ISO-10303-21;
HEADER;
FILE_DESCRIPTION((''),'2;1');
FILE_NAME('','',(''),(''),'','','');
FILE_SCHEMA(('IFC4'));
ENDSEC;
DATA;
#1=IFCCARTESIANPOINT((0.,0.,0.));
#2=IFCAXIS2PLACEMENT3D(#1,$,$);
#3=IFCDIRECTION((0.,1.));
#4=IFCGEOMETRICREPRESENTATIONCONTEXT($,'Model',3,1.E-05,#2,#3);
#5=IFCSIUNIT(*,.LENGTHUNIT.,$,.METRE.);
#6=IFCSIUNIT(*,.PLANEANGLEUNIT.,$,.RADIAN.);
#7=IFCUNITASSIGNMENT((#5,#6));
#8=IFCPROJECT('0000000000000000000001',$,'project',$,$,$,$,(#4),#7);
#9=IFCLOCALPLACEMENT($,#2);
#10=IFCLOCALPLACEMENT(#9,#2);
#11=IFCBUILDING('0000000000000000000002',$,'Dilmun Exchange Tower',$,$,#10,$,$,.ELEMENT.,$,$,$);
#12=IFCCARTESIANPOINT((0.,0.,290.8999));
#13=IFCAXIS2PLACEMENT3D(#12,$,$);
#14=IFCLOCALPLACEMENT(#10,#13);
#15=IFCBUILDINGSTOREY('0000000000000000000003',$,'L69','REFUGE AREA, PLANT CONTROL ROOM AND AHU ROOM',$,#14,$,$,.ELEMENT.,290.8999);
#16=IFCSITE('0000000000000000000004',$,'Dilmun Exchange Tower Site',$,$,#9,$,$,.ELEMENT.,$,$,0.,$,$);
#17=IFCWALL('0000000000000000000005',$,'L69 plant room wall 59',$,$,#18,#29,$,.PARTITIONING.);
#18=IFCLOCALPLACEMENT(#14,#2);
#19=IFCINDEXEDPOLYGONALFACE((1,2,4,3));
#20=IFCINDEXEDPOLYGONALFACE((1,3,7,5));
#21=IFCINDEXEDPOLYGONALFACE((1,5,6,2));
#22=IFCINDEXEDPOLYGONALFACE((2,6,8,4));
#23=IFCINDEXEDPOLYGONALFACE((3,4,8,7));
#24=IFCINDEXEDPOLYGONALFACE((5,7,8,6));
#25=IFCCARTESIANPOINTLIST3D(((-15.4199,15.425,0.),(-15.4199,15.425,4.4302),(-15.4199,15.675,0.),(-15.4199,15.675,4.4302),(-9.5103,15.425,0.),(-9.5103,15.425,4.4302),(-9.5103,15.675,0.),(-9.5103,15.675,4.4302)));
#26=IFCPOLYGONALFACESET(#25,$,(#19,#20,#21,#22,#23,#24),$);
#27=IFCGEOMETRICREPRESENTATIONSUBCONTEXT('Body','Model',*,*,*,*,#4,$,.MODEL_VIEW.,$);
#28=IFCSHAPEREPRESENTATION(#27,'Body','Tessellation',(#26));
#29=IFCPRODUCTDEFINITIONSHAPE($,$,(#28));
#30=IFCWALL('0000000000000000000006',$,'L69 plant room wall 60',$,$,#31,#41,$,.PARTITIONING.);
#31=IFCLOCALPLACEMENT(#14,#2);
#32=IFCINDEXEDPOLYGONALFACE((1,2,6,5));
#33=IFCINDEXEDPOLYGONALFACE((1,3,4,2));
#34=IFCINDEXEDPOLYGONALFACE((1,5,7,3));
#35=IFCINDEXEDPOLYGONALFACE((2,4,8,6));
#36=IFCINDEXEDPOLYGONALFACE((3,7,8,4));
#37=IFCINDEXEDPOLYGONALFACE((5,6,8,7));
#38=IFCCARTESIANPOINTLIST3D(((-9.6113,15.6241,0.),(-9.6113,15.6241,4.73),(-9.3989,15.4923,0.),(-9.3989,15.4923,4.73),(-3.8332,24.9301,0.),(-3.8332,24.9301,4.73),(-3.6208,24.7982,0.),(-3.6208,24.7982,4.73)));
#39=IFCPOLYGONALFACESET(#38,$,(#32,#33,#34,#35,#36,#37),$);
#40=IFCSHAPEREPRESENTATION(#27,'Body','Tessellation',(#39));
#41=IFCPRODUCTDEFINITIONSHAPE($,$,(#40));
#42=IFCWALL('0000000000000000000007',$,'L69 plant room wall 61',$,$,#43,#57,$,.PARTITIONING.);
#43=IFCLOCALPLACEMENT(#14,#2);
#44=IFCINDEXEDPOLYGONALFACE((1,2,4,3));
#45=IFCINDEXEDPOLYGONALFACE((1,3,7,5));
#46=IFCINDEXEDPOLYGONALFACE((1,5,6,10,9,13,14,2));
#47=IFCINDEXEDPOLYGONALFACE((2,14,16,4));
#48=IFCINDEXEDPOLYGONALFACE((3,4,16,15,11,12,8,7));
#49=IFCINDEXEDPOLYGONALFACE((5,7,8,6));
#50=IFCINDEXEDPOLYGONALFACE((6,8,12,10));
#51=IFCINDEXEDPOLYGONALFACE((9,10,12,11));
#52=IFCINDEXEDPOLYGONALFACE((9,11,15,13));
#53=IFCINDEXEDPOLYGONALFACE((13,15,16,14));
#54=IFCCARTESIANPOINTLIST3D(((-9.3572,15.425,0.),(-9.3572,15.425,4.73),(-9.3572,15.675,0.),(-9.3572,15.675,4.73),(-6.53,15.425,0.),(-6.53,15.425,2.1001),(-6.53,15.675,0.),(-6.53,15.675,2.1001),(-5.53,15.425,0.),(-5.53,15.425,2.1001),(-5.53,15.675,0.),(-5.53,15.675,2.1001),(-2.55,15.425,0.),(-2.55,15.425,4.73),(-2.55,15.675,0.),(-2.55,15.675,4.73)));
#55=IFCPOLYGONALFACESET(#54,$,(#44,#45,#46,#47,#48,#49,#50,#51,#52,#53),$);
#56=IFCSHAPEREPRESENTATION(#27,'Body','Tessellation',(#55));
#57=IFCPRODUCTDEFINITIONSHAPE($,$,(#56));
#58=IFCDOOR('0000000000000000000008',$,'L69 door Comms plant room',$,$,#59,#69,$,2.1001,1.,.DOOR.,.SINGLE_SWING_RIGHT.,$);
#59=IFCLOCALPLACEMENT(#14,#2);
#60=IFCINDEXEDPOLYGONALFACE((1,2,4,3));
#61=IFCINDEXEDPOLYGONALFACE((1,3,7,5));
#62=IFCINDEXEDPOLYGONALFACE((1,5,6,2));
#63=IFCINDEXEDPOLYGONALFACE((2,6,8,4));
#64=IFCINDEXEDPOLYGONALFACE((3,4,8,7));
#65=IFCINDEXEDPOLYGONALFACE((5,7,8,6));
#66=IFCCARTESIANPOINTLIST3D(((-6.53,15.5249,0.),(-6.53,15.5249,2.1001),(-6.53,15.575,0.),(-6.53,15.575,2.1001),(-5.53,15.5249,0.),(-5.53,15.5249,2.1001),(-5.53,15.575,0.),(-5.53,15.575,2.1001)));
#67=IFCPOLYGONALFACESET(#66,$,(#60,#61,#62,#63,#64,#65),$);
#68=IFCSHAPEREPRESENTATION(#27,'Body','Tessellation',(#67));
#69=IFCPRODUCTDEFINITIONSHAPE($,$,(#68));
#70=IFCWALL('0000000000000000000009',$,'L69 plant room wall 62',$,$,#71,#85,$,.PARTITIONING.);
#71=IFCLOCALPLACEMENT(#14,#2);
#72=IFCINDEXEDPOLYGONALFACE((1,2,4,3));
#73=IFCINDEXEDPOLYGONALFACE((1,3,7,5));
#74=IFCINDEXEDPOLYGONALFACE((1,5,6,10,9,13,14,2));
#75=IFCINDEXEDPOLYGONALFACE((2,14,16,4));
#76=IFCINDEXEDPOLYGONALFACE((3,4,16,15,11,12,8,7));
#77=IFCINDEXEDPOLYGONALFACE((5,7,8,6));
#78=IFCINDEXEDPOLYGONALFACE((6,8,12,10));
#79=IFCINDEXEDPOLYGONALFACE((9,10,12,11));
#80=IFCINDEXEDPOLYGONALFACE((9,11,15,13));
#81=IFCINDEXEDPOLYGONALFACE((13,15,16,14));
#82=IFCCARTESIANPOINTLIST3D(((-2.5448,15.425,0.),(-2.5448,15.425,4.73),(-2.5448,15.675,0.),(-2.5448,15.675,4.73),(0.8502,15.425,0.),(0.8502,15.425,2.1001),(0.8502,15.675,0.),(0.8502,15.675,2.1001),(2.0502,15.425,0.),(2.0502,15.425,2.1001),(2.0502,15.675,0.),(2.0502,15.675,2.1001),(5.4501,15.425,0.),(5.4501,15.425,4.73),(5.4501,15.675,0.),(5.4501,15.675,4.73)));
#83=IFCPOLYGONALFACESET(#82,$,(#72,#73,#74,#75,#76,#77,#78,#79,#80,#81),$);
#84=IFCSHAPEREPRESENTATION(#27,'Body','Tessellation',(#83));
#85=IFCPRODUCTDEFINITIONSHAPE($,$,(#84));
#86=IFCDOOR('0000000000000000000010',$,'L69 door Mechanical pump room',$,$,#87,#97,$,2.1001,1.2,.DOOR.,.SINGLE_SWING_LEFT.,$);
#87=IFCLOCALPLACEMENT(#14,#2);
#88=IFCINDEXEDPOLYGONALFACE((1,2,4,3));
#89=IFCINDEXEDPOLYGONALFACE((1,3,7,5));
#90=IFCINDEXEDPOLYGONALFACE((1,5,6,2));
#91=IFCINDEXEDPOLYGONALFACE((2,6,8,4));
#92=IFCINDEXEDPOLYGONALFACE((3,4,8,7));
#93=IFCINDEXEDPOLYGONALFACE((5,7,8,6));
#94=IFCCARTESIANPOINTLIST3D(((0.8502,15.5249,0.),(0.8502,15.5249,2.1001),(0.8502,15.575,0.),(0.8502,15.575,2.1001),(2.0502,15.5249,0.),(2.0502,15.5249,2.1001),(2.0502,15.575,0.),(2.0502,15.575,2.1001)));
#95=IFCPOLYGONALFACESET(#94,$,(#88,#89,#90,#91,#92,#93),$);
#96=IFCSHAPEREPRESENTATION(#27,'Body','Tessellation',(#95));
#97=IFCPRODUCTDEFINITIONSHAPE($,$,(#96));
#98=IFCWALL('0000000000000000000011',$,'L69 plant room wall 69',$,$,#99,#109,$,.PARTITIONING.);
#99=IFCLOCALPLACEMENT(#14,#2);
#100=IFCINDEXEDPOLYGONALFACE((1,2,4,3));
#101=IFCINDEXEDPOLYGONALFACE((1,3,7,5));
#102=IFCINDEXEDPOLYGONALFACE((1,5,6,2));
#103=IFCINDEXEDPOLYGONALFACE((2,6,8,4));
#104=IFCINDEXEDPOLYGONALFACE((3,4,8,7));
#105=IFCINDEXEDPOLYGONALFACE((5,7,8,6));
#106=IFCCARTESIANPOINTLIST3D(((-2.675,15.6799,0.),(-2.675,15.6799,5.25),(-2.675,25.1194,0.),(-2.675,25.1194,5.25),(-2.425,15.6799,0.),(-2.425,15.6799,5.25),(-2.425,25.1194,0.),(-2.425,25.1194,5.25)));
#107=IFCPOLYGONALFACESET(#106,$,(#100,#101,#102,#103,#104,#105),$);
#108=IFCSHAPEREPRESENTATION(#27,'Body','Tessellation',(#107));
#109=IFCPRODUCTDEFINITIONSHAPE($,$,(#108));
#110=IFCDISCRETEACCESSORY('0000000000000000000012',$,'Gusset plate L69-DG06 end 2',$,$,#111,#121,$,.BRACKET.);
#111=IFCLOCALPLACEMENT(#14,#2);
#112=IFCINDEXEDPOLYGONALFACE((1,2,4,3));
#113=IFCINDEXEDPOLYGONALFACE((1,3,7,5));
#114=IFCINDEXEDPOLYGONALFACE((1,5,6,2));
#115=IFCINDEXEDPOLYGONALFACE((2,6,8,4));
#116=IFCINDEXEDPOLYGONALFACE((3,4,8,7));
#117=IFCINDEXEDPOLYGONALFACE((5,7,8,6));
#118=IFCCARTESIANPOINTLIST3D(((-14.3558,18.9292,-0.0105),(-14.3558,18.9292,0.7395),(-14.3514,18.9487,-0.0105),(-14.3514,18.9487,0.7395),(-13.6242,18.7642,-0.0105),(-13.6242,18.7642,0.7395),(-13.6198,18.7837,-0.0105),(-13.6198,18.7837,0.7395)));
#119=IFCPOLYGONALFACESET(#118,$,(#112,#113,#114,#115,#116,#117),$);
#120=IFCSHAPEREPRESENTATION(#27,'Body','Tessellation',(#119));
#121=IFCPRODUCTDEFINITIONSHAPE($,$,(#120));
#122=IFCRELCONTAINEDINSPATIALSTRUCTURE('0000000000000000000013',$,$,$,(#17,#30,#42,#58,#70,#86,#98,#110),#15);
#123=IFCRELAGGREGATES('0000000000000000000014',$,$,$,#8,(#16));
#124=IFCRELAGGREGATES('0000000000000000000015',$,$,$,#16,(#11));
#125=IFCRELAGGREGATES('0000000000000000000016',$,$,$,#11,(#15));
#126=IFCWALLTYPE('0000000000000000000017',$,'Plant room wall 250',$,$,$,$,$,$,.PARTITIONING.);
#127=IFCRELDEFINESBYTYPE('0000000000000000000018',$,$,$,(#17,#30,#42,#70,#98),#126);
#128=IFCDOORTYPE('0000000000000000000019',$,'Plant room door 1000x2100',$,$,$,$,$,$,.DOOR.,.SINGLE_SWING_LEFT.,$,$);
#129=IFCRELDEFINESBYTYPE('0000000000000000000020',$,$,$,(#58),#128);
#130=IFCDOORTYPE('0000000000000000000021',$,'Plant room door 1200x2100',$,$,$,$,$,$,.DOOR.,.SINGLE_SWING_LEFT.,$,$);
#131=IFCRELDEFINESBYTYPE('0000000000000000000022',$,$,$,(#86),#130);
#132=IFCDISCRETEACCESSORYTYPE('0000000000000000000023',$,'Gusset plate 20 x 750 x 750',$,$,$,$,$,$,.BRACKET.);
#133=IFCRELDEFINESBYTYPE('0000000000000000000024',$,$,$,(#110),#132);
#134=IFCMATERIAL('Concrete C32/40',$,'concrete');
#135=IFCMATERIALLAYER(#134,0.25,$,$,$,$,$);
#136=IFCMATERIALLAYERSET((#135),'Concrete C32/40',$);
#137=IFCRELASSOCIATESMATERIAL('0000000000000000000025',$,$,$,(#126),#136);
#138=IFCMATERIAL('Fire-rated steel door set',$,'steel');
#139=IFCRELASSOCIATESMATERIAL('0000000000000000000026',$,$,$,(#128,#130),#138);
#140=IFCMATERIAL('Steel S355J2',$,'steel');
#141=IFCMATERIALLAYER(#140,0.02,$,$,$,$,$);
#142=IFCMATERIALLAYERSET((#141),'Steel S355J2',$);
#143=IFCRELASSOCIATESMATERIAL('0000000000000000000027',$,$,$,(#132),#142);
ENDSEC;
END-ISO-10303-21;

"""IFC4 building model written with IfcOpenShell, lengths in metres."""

from ifc_helpers import new_model, si_unit, direction, frame, frame_2d, origin, origin_2d, place, context, subcontext, project, spatial, rectangle, extrude, material, layer, layer_set, type_object, element, fill, save


model = new_model("IFC4")

# Units and contexts
model_context = context("Model", 3, precision=1e-05, world=origin(), true_north=direction((0.0, 1.0)))
body_context = subcontext(model_context, "Body", "Model", "MODEL_VIEW")
ifc_project = project(units=[si_unit("LENGTHUNIT", "METRE"), si_unit("PLANEANGLEUNIT", "RADIAN")], contexts=[model_context])

# Site, building, storey
site_placement = place(None, origin())
site = spatial("IfcSite", under=ifc_project, at=site_placement, Name="Dilmun Exchange Tower Site", CompositionType="ELEMENT", RefElevation=0.0)
building_placement = place(site_placement, origin())
building = spatial("IfcBuilding", under=site, at=building_placement, Name="Dilmun Exchange Tower", CompositionType="ELEMENT")
storey_placement = place(building_placement, frame((0.0, 0.0, 290.8999)))
storey = spatial("IfcBuildingStorey", under=building, at=storey_placement, Name="L69", Description="REFUGE AREA, PLANT CONTROL ROOM AND AHU ROOM", CompositionType="ELEMENT", Elevation=290.8999)

# Shared definitions
ifc_material_1 = material(Name="Fire-rated steel door set", Category="steel")

# Walls
ifc_material_2 = material(Name="Concrete C32/40", Category="concrete")
ifc_layer_1 = layer(ifc_material_2, 0.25)
ifc_layer_set_1 = layer_set([ifc_layer_1], Name="Concrete C32/40")
wall_type_1 = type_object("IfcWallType", Name="Plant room wall 250", PredefinedType="PARTITIONING", material=ifc_layer_set_1)
wall_1_placement = place(storey_placement, frame((-15.4199, 15.55, 0.0), z_axis=(0.0, 0.0, 1.0), x_axis=(1.0, 0.0, 0.0)))
element("IfcWall", 1, at=wall_1_placement, inside=storey, type_object=wall_type_1, Name="L69 plant room wall 59", PredefinedType="PARTITIONING", context=body_context, shape_type="SweptSolid", body=[
    extrude(rectangle(XDim=5.9097, YDim=0.25, at=frame_2d((2.9548, 0.0))), origin(), (0.0, 0.0, 1.0), 4.4302),
])
wall_2_placement = place(storey_placement, frame((-9.5051, 15.5581, 0.0), z_axis=(0.0, 0.0, 1.0), x_axis=(0.527494, 0.849559, 0.0)))
element("IfcWall", 2, at=wall_2_placement, inside=storey, type_object=wall_type_1, Name="L69 plant room wall 60", PredefinedType="PARTITIONING", context=body_context, shape_type="SweptSolid", body=[
    extrude(rectangle(XDim=10.9539, YDim=0.25, at=frame_2d((5.4771, 0.0))), origin(), (0.0, 0.0, 1.0), 4.73),
])

# Walls, openings, doors
wall_3_placement = place(storey_placement, frame((-9.3572, 15.55, 0.0), z_axis=(0.0, 0.0, 1.0), x_axis=(1.0, 0.0, 0.0)))
wall_3 = element("IfcWall", 3, at=wall_3_placement, inside=storey, type_object=wall_type_1, Name="L69 plant room wall 61", PredefinedType="PARTITIONING", context=body_context, shape_type="SweptSolid", body=[
    extrude(rectangle(XDim=6.8071, YDim=0.25, at=frame_2d((3.4036, 0.0))), origin(), (0.0, 0.0, 1.0), 4.73),
])
opening_1_placement = place(wall_3_placement, frame((2.8271, 0.0, 0.0)))
opening_1 = element("IfcOpeningElement", 4, at=opening_1_placement, cuts=wall_3, PredefinedType="OPENING", context=body_context, shape_type="SweptSolid", body=[
    extrude(rectangle(XDim=1.0, YDim=2.1001, at=frame_2d((0.5, 1.05))), frame((0.0, 0.135, 0.0), z_axis=(0.0, -1.0, 0.0), x_axis=(1.0, 0.0, 0.0)), (0.0, 0.0, 1.0), 0.27),
])
door_type_1 = type_object("IfcDoorType", Name="Plant room door 1000x2100", OperationType="SINGLE_SWING_LEFT", PredefinedType="DOOR", material=ifc_material_1)
door_1_placement = place(opening_1_placement, origin())
door_1 = element("IfcDoor", 5, at=door_1_placement, inside=storey, type_object=door_type_1, Name="L69 door Comms plant room", OperationType="SINGLE_SWING_RIGHT", OverallHeight=2.1001, OverallWidth=1.0, PredefinedType="DOOR", context=body_context, shape_type="SweptSolid", body=[
    extrude(rectangle(XDim=1.0, YDim=2.1001, at=frame_2d((0.5, 1.05))), frame((0.0, 0.0249, 0.0), z_axis=(0.0, -1.0, 0.0), x_axis=(1.0, 0.0, 0.0)), (0.0, 0.0, 1.0), 0.05),
])
fill(opening_1, door_1)
wall_4_placement = place(storey_placement, frame((-2.5449, 15.55, 0.0), z_axis=(0.0, 0.0, 1.0), x_axis=(1.0, 0.0, 0.0)))
wall_4 = element("IfcWall", 6, at=wall_4_placement, inside=storey, type_object=wall_type_1, Name="L69 plant room wall 62", PredefinedType="PARTITIONING", context=body_context, shape_type="SweptSolid", body=[
    extrude(rectangle(XDim=7.9949, YDim=0.25, at=frame_2d((3.9976, 0.0))), origin(), (0.0, 0.0, 1.0), 4.73),
])
opening_2_placement = place(wall_4_placement, frame((3.395, 0.0, 0.0)))
opening_2 = element("IfcOpeningElement", 7, at=opening_2_placement, cuts=wall_4, PredefinedType="OPENING", context=body_context, shape_type="SweptSolid", body=[
    extrude(rectangle(XDim=1.2, YDim=2.1001, at=frame_2d((0.6001, 1.05))), frame((0.0, 0.135, 0.0), z_axis=(0.0, -1.0, 0.0), x_axis=(1.0, 0.0, 0.0)), (0.0, 0.0, 1.0), 0.27),
])
door_type_2 = type_object("IfcDoorType", Name="Plant room door 1200x2100", OperationType="SINGLE_SWING_LEFT", PredefinedType="DOOR", material=ifc_material_1)
door_2_placement = place(opening_2_placement, origin())
door_2 = element("IfcDoor", 8, at=door_2_placement, inside=storey, type_object=door_type_2, Name="L69 door Mechanical pump room", OperationType="SINGLE_SWING_LEFT", OverallHeight=2.1001, OverallWidth=1.2, PredefinedType="DOOR", context=body_context, shape_type="SweptSolid", body=[
    extrude(rectangle(XDim=1.2, YDim=2.1001, at=frame_2d((0.6001, 1.05))), frame((0.0, 0.0249, 0.0), z_axis=(0.0, -1.0, 0.0), x_axis=(1.0, 0.0, 0.0)), (0.0, 0.0, 1.0), 0.05),
])
fill(opening_2, door_2)

# Wall
wall_5_placement = place(storey_placement, frame((-2.55, 15.6799, 0.0), z_axis=(0.0, 0.0, 1.0), x_axis=(0.0, 1.0, 0.0)))
element("IfcWall", 9, at=wall_5_placement, inside=storey, type_object=wall_type_1, Name="L69 plant room wall 69", PredefinedType="PARTITIONING", context=body_context, shape_type="SweptSolid", body=[
    extrude(rectangle(XDim=9.4395, YDim=0.25, at=frame_2d((4.7197, 0.0))), origin(), (0.0, 0.0, 1.0), 5.25),
])

# Discrete accessory
ifc_material_3 = material(Name="Steel S355J2", Category="steel")
ifc_layer_2 = layer(ifc_material_3, 0.02)
ifc_layer_set_2 = layer_set([ifc_layer_2], Name="Steel S355J2")
discrete_accessory_type = type_object("IfcDiscreteAccessoryType", Name="Gusset plate 20 x 750 x 750", PredefinedType="BRACKET", material=ifc_layer_set_2)
discrete_accessory_placement = place(storey_placement, frame((-13.9878, 18.8564, -0.0105), z_axis=(0.0, 0.0, 1.0), x_axis=(0.975516, -0.219928, 0.0)))
element("IfcDiscreteAccessory", 10, at=discrete_accessory_placement, inside=storey, type_object=discrete_accessory_type, Name="Gusset plate L69-DG06 end 2", PredefinedType="BRACKET", context=body_context, shape_type="SweptSolid", body=[
    extrude(rectangle(XDim=0.75, YDim=0.02, at=origin_2d()), origin(), (0.0, 0.0, 1.0), 0.75),
])

save(model, "model.ifc")
